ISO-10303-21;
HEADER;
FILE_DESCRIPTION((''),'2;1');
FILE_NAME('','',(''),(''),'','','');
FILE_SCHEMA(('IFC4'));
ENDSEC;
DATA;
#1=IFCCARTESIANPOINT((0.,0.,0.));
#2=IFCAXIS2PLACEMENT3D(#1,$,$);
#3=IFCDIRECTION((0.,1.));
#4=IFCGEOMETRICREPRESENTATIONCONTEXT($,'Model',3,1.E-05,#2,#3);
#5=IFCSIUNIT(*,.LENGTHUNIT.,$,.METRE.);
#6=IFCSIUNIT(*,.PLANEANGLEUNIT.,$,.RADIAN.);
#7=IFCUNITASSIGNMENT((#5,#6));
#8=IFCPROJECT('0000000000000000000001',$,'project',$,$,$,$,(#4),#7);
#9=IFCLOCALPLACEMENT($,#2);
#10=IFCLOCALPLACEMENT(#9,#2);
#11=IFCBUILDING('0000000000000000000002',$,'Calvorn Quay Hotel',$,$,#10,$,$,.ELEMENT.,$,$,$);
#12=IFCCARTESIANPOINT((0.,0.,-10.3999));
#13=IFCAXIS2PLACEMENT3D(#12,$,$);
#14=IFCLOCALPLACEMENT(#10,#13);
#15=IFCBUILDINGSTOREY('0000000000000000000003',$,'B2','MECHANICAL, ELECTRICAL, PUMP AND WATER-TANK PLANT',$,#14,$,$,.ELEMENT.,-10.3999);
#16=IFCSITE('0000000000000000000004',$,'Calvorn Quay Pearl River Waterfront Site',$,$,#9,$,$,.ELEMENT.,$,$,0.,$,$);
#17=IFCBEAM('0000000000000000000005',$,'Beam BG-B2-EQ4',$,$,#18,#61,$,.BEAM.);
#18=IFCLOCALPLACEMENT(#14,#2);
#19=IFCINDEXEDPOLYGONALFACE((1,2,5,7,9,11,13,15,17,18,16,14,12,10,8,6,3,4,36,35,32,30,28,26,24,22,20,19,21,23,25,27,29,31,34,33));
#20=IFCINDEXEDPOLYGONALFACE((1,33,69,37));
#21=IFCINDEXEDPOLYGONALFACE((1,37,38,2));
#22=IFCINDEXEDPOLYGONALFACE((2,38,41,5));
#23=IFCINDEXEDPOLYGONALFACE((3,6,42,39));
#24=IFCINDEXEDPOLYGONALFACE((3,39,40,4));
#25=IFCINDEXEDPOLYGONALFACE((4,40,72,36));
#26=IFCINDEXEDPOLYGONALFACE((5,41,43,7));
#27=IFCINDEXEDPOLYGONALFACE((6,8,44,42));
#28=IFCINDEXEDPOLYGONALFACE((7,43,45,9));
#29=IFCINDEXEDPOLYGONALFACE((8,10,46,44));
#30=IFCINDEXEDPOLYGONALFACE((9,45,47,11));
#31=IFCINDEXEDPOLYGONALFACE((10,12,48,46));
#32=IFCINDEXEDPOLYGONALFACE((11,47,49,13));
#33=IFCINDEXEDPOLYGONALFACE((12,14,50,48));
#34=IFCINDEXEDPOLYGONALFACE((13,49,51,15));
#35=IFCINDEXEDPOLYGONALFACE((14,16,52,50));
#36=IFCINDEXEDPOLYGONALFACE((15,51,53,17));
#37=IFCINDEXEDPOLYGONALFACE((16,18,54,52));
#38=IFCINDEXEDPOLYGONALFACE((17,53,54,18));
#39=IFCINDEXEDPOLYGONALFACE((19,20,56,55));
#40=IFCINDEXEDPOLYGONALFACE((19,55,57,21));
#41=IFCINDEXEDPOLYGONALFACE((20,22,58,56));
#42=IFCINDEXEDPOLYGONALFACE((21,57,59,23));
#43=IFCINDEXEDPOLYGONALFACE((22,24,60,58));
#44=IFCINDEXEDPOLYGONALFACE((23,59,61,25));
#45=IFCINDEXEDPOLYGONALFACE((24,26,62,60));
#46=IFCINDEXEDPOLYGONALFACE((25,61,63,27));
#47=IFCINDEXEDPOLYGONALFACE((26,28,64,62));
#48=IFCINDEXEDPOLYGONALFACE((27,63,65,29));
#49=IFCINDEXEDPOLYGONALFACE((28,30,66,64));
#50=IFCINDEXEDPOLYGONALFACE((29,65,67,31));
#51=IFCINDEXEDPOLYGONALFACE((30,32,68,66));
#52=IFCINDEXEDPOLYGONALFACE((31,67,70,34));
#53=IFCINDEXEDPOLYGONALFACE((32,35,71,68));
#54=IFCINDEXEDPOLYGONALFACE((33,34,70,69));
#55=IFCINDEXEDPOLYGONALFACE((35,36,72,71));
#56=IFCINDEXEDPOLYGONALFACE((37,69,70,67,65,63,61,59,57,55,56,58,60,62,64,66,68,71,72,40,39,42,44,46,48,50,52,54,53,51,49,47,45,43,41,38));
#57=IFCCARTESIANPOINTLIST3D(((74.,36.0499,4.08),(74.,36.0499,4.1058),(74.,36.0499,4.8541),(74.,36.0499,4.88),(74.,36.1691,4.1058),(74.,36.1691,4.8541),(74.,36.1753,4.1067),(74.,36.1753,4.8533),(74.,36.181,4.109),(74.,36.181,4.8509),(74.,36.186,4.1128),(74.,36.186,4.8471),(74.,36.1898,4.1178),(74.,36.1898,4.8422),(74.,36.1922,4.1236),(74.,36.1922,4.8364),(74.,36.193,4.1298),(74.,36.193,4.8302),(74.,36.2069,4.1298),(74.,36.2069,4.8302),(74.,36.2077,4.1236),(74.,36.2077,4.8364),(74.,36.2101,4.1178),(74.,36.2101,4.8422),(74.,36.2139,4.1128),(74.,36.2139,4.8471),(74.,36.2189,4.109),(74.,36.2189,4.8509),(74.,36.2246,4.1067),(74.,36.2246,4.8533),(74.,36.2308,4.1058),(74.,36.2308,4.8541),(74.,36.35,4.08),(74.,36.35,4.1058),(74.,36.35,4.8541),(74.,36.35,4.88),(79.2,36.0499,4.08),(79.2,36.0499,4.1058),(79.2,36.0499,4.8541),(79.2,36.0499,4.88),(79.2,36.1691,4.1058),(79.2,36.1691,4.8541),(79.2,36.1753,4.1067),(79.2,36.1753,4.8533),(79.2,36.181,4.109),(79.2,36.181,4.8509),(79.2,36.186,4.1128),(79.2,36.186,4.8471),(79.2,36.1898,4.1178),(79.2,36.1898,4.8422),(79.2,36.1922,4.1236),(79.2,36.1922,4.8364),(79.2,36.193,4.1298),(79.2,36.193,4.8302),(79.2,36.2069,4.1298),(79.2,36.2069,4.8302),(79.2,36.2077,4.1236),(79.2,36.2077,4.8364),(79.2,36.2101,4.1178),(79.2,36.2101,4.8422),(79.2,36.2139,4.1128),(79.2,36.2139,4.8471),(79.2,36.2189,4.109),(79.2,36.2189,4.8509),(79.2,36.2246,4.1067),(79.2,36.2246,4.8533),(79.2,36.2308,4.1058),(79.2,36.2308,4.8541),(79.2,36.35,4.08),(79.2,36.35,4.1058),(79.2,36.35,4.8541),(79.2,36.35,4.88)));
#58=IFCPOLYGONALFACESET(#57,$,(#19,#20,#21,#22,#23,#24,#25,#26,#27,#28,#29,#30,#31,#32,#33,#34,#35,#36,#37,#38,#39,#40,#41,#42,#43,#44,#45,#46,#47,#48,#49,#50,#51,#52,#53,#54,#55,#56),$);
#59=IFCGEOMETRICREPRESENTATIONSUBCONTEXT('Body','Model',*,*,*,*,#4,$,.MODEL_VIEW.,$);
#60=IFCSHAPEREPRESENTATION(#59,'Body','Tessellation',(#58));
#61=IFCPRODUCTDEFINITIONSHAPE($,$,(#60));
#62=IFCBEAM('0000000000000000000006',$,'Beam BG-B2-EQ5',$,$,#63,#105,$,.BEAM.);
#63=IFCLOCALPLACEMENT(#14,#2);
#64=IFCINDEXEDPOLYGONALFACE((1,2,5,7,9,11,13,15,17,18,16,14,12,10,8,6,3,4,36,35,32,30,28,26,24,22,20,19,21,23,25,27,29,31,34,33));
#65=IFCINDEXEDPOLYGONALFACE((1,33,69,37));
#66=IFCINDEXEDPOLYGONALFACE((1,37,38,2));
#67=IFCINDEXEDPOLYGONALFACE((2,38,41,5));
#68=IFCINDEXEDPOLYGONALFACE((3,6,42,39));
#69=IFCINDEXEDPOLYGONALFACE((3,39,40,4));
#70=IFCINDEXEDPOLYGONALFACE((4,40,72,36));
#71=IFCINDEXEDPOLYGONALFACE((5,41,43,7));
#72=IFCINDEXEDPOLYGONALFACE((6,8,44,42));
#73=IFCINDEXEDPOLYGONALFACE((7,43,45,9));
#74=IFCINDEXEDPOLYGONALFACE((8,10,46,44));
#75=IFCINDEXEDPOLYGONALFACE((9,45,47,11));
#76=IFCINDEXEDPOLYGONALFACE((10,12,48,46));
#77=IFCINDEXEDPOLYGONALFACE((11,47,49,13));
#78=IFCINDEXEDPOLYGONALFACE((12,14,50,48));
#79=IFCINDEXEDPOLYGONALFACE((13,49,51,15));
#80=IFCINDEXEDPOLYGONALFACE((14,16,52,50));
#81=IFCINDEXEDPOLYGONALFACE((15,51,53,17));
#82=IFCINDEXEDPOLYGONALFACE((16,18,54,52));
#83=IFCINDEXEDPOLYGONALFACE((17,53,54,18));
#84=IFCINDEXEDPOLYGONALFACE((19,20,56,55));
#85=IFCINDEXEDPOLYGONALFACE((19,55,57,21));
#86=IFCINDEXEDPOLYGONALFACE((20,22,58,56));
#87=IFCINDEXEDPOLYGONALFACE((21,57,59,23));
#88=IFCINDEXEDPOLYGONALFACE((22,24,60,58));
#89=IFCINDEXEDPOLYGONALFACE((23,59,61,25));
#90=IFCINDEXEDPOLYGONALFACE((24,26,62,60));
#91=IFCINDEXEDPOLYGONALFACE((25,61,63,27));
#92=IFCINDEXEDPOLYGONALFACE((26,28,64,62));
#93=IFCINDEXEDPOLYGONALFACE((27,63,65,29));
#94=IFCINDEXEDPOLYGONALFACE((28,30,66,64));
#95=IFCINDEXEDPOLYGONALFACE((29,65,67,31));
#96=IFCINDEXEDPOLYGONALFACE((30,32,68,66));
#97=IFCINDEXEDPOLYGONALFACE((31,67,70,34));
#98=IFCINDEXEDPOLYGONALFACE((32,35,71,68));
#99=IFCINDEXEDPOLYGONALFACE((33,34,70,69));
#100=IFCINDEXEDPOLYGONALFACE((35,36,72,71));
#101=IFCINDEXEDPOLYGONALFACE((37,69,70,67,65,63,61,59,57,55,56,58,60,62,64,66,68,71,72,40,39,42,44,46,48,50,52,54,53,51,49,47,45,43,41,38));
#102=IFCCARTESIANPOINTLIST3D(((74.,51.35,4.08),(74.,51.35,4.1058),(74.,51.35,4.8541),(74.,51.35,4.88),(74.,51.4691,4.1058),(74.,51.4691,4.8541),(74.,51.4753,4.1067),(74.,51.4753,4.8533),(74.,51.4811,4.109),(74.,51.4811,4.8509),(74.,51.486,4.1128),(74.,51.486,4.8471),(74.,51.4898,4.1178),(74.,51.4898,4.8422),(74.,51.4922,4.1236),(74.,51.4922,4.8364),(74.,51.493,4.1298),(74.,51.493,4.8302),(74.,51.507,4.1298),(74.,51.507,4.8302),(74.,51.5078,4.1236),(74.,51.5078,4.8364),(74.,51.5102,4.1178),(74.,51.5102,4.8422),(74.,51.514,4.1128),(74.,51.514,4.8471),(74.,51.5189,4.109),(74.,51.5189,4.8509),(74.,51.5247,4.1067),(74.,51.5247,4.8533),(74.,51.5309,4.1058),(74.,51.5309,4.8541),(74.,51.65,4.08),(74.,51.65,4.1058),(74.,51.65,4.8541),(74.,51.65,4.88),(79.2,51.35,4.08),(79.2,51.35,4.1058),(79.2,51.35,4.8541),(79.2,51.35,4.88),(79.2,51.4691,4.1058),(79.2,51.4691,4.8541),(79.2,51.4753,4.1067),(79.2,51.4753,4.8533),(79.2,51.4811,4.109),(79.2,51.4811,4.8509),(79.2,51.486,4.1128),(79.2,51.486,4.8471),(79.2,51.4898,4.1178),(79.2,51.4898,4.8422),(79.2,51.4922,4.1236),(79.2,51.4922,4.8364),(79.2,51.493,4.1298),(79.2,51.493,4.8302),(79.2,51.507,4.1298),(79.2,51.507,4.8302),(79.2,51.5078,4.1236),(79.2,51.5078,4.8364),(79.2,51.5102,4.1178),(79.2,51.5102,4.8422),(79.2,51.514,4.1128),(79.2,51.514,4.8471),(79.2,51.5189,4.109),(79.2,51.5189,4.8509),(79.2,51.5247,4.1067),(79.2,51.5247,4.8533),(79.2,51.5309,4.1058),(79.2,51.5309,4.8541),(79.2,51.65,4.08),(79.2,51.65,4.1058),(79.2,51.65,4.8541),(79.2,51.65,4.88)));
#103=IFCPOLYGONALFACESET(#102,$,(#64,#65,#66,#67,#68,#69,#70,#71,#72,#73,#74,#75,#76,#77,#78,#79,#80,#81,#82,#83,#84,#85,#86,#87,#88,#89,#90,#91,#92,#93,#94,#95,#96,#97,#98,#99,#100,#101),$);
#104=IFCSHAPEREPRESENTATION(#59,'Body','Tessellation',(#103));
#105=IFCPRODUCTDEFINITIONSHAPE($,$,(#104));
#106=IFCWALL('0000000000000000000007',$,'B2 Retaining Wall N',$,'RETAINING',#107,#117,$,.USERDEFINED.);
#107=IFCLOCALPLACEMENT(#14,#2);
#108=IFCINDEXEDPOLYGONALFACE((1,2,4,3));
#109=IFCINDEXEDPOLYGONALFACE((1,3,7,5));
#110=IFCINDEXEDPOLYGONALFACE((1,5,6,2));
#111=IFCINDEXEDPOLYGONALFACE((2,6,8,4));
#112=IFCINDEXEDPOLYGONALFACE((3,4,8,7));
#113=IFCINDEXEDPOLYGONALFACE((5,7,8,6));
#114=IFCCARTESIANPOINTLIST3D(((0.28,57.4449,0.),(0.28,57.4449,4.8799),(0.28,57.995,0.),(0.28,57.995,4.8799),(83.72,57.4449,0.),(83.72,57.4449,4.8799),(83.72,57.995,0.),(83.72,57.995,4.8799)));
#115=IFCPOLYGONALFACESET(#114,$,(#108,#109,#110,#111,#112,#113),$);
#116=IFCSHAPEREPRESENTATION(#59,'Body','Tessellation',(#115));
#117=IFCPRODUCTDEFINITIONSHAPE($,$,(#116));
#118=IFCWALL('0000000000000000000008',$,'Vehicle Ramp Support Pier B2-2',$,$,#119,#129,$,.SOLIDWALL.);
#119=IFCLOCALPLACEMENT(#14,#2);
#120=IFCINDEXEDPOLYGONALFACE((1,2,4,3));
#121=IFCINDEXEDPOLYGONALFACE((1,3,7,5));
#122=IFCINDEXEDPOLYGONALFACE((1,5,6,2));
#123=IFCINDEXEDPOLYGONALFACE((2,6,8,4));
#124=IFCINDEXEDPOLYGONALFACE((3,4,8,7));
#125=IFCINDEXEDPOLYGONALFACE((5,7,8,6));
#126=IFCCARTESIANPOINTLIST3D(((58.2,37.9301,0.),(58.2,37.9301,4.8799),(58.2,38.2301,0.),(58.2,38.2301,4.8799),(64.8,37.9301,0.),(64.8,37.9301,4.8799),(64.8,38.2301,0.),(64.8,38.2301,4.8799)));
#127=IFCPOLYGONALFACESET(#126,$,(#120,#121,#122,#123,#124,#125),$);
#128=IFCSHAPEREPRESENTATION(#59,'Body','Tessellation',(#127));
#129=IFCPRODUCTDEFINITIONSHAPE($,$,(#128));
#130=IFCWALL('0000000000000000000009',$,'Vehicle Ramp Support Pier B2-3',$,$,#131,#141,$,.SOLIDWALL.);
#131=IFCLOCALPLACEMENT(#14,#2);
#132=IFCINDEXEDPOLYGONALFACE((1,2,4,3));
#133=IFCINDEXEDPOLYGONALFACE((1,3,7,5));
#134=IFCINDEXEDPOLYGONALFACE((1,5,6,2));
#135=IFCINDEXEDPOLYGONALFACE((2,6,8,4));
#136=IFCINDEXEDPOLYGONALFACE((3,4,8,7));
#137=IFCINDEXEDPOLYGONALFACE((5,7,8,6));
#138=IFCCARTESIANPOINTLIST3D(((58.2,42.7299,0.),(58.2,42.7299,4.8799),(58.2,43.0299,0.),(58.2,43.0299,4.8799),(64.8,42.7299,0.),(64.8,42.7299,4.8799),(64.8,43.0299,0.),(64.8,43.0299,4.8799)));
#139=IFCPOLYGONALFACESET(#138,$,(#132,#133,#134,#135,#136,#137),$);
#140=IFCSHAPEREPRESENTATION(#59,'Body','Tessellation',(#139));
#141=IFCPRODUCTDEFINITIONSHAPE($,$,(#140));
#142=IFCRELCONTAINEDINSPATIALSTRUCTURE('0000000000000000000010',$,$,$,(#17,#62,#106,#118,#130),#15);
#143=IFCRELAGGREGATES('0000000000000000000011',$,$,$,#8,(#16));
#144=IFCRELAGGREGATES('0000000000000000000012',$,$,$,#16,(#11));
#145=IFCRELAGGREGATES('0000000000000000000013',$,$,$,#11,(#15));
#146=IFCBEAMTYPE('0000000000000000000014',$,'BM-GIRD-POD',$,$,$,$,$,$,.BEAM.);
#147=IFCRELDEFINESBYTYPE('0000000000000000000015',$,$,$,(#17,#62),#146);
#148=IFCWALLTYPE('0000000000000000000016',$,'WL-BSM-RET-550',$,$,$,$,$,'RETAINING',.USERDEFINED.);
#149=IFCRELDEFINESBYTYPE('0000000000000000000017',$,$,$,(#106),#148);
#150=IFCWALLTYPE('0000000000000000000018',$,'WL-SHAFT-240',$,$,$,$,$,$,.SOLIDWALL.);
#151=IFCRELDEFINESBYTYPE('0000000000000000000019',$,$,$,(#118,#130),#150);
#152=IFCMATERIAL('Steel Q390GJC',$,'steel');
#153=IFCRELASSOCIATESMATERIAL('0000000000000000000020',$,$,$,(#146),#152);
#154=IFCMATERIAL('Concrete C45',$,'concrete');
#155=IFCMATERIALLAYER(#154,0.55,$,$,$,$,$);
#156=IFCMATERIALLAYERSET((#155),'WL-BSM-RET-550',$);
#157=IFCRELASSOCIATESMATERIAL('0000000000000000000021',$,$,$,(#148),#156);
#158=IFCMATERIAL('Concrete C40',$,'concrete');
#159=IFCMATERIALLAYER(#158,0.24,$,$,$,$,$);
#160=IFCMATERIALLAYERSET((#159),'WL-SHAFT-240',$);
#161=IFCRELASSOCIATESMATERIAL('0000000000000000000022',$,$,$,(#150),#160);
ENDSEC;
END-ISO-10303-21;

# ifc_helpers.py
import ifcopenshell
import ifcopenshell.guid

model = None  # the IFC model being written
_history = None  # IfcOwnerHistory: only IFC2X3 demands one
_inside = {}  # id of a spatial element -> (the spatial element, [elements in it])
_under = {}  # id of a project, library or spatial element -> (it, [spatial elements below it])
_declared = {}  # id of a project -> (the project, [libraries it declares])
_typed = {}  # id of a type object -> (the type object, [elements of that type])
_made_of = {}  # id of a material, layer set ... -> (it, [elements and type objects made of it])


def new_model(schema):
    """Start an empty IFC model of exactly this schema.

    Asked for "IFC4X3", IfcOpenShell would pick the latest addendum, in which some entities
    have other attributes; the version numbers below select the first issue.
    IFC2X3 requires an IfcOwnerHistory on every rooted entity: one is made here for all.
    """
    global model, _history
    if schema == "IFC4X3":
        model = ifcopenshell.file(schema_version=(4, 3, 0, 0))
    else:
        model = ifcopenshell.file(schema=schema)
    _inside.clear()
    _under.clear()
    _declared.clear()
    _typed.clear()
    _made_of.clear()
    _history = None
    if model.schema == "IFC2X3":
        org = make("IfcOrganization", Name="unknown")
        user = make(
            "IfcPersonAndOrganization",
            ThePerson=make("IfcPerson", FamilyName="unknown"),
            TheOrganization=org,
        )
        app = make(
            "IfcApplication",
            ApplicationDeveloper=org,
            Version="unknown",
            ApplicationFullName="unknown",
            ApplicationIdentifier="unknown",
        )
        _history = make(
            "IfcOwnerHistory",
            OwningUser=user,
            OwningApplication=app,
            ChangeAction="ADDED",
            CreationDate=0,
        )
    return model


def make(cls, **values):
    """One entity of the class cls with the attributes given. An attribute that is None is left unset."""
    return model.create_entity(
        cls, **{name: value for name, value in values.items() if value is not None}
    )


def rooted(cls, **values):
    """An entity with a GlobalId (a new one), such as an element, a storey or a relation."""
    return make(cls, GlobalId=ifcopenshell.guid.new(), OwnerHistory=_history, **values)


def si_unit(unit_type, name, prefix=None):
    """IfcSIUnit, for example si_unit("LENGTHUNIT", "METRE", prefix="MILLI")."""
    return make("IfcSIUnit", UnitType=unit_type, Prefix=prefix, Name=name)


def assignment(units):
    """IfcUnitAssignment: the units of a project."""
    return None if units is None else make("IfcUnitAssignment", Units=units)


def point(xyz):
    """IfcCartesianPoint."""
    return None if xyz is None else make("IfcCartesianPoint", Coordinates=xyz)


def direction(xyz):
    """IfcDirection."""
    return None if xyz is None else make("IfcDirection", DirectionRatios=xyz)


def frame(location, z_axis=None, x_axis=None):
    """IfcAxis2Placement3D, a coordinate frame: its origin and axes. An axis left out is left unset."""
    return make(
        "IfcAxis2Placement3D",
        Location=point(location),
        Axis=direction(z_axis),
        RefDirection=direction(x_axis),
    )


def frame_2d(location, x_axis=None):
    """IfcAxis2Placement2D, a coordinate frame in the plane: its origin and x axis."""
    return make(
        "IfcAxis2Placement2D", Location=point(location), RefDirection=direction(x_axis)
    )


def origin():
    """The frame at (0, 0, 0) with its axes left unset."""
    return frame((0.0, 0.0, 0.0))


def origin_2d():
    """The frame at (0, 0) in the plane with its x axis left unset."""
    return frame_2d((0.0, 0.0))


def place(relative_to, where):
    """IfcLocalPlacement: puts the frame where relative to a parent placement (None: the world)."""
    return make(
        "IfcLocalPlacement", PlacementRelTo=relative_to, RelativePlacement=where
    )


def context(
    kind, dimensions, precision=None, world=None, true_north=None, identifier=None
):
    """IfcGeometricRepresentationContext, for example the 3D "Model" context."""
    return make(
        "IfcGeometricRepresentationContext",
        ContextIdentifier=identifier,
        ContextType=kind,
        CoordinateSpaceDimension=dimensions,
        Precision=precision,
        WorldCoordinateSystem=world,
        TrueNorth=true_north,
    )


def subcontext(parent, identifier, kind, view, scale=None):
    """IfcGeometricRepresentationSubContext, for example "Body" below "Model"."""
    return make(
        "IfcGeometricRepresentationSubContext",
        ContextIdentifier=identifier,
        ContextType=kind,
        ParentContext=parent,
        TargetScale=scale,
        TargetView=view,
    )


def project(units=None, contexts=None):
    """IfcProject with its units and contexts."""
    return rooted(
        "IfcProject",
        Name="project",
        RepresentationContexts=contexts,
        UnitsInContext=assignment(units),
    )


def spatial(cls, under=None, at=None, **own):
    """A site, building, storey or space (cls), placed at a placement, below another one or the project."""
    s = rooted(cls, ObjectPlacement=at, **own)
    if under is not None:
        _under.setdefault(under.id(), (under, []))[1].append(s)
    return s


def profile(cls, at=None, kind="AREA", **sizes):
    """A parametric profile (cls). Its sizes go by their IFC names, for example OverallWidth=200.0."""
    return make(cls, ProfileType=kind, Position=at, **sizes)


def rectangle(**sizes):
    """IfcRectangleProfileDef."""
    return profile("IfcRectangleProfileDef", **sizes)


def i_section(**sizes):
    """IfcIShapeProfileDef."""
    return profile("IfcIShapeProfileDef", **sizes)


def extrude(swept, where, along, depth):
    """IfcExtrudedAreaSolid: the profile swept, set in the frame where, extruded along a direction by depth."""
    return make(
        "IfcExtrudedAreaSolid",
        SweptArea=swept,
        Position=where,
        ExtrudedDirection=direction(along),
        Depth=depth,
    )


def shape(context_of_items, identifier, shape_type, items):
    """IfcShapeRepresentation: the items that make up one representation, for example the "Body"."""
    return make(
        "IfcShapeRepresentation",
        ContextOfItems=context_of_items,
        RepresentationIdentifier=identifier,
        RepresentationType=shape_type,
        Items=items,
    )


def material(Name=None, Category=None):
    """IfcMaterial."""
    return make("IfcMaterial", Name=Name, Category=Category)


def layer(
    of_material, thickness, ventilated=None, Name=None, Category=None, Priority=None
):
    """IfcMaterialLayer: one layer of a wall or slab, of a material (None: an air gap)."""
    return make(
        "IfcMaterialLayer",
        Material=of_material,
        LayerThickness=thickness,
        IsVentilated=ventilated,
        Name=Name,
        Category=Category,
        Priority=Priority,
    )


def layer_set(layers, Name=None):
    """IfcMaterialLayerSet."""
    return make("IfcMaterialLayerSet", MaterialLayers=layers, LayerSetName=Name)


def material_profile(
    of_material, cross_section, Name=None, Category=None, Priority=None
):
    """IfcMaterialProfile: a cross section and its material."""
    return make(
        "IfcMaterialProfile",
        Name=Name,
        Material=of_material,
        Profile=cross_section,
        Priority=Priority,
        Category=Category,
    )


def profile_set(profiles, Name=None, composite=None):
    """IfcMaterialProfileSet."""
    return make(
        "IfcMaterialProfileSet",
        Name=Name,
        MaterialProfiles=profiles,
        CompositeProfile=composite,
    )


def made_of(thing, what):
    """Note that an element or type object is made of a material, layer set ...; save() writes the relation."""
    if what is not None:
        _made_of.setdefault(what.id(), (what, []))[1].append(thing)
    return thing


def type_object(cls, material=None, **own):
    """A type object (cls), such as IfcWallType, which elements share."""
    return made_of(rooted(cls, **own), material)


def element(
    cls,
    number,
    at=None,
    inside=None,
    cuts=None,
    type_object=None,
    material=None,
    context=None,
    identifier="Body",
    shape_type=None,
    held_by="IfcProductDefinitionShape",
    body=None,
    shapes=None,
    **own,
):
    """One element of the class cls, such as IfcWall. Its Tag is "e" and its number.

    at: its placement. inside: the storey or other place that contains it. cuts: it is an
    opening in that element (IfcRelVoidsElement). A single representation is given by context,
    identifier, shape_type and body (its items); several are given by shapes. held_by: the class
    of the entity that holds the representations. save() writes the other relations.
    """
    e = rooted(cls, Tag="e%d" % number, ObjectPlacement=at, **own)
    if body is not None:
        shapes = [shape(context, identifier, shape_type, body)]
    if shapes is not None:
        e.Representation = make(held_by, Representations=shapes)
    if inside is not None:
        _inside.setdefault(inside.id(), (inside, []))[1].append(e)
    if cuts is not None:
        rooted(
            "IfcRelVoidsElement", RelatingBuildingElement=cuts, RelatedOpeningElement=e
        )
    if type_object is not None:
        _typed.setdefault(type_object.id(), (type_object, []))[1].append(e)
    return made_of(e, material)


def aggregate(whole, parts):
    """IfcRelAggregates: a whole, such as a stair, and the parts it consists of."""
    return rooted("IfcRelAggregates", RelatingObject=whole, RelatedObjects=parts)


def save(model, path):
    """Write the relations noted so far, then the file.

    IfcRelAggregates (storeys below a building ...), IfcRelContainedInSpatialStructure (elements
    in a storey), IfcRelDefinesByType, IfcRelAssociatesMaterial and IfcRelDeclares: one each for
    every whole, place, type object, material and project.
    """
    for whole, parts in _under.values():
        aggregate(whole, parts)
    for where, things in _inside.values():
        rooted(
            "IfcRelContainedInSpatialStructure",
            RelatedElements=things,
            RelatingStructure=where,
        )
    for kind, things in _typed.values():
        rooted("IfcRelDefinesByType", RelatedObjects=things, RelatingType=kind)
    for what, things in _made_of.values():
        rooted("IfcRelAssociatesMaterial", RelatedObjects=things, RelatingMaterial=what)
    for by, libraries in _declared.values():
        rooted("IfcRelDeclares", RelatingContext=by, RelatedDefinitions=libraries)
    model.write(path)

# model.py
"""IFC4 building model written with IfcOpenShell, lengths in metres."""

from ifc_helpers import new_model, si_unit, direction, frame, frame_2d, origin, origin_2d, place, context, subcontext, project, spatial, rectangle, i_section, extrude, material, layer, layer_set, material_profile, profile_set, type_object, element, save


model = new_model("IFC4")

# Units and contexts
model_context = context("Model", 3, precision=1e-05, world=origin(), true_north=direction((0.0, 1.0)))
body_context = subcontext(model_context, "Body", "Model", "MODEL_VIEW")
ifc_project = project(units=[si_unit("LENGTHUNIT", "METRE"), si_unit("PLANEANGLEUNIT", "RADIAN")], contexts=[model_context])

# Site, building, storey
site_placement = place(None, origin())
site = spatial("IfcSite", under=ifc_project, at=site_placement, Name="Calvorn Quay Pearl River Waterfront Site", CompositionType="ELEMENT", RefElevation=0.0)
building_placement = place(site_placement, origin())
building = spatial("IfcBuilding", under=site, at=building_placement, Name="Calvorn Quay Hotel", CompositionType="ELEMENT")
storey_placement = place(building_placement, frame((0.0, 0.0, -10.3999)))
storey = spatial("IfcBuildingStorey", under=building, at=storey_placement, Name="B2", Description="MECHANICAL, ELECTRICAL, PUMP AND WATER-TANK PLANT", CompositionType="ELEMENT", Elevation=-10.3999)

# Beams
ifc_material_1 = material(Name="Steel Q390GJC", Category="steel")
ifc_material_profile_1 = material_profile(ifc_material_1, i_section(OverallWidth=0.3, OverallDepth=0.8, WebThickness=0.0139, FlangeThickness=0.0259, FilletRadius=0.0239, at=origin_2d()), Name="HN800x300x14x26")
ifc_profile_set_1 = profile_set([ifc_material_profile_1], Name="Steel Q390GJC")
beam_type = type_object("IfcBeamType", Name="BM-GIRD-POD", PredefinedType="BEAM", material=ifc_profile_set_1)
for number, where, z_axis, x_axis, name in (
    (1, (74.0, 36.2, 4.48), (1.0, 0.0, 0.0), (0.0, 1.0, 0.0), "Beam BG-B2-EQ4"),
    (2, (74.0, 51.5, 4.48), (1.0, 0.0, 0.0), (0.0, 1.0, 0.0), "Beam BG-B2-EQ5"),
):
    element("IfcBeam", number, at=place(storey_placement, frame(where, z_axis=z_axis, x_axis=x_axis)), inside=storey, type_object=beam_type, Name=name, PredefinedType="BEAM", context=body_context, shape_type="SweptSolid", body=[
        extrude(i_section(OverallWidth=0.3, OverallDepth=0.8, WebThickness=0.0139, FlangeThickness=0.0259, FilletRadius=0.0239, at=origin_2d()), origin(), (0.0, 0.0, 1.0), 5.2),
    ])

# Walls
ifc_material_2 = material(Name="Concrete C45", Category="concrete")
ifc_layer_1 = layer(ifc_material_2, 0.55)
ifc_layer_set_1 = layer_set([ifc_layer_1], Name="WL-BSM-RET-550")
wall_type_1 = type_object("IfcWallType", Name="WL-BSM-RET-550", ElementType="RETAINING", PredefinedType="USERDEFINED", material=ifc_layer_set_1)
wall_placement = place(storey_placement, frame((83.72, 57.72, 0.0), z_axis=(0.0, 0.0, 1.0), x_axis=(-1.0, 0.0, 0.0)))
element("IfcWall", 3, at=wall_placement, inside=storey, type_object=wall_type_1, Name="B2 Retaining Wall N", ObjectType="RETAINING", PredefinedType="USERDEFINED", context=body_context, shape_type="SweptSolid", body=[
    extrude(rectangle(XDim=83.4399, YDim=0.55, at=frame_2d((41.72, 0.0))), origin(), (0.0, 0.0, 1.0), 4.8799),
])
ifc_material_3 = material(Name="Concrete C40", Category="concrete")
ifc_layer_2 = layer(ifc_material_3, 0.24)
ifc_layer_set_2 = layer_set([ifc_layer_2], Name="WL-SHAFT-240")
wall_type_2 = type_object("IfcWallType", Name="WL-SHAFT-240", PredefinedType="SOLIDWALL", material=ifc_layer_set_2)
for number, where, z_axis, x_axis, name in (
    (4, (58.2, 38.0801, 0.0), (0.0, 0.0, 1.0), (1.0, 0.0, 0.0), "Vehicle Ramp Support Pier B2-2"),
    (5, (58.2, 42.8799, 0.0), (0.0, 0.0, 1.0), (1.0, 0.0, 0.0), "Vehicle Ramp Support Pier B2-3"),
):
    element("IfcWall", number, at=place(storey_placement, frame(where, z_axis=z_axis, x_axis=x_axis)), inside=storey, type_object=wall_type_2, Name=name, PredefinedType="SOLIDWALL", context=body_context, shape_type="SweptSolid", body=[
        extrude(rectangle(XDim=6.6001, YDim=0.3, at=frame_2d((3.3, 0.0))), origin(), (0.0, 0.0, 1.0), 4.8799),
    ])

save(model, "model.ifc")
